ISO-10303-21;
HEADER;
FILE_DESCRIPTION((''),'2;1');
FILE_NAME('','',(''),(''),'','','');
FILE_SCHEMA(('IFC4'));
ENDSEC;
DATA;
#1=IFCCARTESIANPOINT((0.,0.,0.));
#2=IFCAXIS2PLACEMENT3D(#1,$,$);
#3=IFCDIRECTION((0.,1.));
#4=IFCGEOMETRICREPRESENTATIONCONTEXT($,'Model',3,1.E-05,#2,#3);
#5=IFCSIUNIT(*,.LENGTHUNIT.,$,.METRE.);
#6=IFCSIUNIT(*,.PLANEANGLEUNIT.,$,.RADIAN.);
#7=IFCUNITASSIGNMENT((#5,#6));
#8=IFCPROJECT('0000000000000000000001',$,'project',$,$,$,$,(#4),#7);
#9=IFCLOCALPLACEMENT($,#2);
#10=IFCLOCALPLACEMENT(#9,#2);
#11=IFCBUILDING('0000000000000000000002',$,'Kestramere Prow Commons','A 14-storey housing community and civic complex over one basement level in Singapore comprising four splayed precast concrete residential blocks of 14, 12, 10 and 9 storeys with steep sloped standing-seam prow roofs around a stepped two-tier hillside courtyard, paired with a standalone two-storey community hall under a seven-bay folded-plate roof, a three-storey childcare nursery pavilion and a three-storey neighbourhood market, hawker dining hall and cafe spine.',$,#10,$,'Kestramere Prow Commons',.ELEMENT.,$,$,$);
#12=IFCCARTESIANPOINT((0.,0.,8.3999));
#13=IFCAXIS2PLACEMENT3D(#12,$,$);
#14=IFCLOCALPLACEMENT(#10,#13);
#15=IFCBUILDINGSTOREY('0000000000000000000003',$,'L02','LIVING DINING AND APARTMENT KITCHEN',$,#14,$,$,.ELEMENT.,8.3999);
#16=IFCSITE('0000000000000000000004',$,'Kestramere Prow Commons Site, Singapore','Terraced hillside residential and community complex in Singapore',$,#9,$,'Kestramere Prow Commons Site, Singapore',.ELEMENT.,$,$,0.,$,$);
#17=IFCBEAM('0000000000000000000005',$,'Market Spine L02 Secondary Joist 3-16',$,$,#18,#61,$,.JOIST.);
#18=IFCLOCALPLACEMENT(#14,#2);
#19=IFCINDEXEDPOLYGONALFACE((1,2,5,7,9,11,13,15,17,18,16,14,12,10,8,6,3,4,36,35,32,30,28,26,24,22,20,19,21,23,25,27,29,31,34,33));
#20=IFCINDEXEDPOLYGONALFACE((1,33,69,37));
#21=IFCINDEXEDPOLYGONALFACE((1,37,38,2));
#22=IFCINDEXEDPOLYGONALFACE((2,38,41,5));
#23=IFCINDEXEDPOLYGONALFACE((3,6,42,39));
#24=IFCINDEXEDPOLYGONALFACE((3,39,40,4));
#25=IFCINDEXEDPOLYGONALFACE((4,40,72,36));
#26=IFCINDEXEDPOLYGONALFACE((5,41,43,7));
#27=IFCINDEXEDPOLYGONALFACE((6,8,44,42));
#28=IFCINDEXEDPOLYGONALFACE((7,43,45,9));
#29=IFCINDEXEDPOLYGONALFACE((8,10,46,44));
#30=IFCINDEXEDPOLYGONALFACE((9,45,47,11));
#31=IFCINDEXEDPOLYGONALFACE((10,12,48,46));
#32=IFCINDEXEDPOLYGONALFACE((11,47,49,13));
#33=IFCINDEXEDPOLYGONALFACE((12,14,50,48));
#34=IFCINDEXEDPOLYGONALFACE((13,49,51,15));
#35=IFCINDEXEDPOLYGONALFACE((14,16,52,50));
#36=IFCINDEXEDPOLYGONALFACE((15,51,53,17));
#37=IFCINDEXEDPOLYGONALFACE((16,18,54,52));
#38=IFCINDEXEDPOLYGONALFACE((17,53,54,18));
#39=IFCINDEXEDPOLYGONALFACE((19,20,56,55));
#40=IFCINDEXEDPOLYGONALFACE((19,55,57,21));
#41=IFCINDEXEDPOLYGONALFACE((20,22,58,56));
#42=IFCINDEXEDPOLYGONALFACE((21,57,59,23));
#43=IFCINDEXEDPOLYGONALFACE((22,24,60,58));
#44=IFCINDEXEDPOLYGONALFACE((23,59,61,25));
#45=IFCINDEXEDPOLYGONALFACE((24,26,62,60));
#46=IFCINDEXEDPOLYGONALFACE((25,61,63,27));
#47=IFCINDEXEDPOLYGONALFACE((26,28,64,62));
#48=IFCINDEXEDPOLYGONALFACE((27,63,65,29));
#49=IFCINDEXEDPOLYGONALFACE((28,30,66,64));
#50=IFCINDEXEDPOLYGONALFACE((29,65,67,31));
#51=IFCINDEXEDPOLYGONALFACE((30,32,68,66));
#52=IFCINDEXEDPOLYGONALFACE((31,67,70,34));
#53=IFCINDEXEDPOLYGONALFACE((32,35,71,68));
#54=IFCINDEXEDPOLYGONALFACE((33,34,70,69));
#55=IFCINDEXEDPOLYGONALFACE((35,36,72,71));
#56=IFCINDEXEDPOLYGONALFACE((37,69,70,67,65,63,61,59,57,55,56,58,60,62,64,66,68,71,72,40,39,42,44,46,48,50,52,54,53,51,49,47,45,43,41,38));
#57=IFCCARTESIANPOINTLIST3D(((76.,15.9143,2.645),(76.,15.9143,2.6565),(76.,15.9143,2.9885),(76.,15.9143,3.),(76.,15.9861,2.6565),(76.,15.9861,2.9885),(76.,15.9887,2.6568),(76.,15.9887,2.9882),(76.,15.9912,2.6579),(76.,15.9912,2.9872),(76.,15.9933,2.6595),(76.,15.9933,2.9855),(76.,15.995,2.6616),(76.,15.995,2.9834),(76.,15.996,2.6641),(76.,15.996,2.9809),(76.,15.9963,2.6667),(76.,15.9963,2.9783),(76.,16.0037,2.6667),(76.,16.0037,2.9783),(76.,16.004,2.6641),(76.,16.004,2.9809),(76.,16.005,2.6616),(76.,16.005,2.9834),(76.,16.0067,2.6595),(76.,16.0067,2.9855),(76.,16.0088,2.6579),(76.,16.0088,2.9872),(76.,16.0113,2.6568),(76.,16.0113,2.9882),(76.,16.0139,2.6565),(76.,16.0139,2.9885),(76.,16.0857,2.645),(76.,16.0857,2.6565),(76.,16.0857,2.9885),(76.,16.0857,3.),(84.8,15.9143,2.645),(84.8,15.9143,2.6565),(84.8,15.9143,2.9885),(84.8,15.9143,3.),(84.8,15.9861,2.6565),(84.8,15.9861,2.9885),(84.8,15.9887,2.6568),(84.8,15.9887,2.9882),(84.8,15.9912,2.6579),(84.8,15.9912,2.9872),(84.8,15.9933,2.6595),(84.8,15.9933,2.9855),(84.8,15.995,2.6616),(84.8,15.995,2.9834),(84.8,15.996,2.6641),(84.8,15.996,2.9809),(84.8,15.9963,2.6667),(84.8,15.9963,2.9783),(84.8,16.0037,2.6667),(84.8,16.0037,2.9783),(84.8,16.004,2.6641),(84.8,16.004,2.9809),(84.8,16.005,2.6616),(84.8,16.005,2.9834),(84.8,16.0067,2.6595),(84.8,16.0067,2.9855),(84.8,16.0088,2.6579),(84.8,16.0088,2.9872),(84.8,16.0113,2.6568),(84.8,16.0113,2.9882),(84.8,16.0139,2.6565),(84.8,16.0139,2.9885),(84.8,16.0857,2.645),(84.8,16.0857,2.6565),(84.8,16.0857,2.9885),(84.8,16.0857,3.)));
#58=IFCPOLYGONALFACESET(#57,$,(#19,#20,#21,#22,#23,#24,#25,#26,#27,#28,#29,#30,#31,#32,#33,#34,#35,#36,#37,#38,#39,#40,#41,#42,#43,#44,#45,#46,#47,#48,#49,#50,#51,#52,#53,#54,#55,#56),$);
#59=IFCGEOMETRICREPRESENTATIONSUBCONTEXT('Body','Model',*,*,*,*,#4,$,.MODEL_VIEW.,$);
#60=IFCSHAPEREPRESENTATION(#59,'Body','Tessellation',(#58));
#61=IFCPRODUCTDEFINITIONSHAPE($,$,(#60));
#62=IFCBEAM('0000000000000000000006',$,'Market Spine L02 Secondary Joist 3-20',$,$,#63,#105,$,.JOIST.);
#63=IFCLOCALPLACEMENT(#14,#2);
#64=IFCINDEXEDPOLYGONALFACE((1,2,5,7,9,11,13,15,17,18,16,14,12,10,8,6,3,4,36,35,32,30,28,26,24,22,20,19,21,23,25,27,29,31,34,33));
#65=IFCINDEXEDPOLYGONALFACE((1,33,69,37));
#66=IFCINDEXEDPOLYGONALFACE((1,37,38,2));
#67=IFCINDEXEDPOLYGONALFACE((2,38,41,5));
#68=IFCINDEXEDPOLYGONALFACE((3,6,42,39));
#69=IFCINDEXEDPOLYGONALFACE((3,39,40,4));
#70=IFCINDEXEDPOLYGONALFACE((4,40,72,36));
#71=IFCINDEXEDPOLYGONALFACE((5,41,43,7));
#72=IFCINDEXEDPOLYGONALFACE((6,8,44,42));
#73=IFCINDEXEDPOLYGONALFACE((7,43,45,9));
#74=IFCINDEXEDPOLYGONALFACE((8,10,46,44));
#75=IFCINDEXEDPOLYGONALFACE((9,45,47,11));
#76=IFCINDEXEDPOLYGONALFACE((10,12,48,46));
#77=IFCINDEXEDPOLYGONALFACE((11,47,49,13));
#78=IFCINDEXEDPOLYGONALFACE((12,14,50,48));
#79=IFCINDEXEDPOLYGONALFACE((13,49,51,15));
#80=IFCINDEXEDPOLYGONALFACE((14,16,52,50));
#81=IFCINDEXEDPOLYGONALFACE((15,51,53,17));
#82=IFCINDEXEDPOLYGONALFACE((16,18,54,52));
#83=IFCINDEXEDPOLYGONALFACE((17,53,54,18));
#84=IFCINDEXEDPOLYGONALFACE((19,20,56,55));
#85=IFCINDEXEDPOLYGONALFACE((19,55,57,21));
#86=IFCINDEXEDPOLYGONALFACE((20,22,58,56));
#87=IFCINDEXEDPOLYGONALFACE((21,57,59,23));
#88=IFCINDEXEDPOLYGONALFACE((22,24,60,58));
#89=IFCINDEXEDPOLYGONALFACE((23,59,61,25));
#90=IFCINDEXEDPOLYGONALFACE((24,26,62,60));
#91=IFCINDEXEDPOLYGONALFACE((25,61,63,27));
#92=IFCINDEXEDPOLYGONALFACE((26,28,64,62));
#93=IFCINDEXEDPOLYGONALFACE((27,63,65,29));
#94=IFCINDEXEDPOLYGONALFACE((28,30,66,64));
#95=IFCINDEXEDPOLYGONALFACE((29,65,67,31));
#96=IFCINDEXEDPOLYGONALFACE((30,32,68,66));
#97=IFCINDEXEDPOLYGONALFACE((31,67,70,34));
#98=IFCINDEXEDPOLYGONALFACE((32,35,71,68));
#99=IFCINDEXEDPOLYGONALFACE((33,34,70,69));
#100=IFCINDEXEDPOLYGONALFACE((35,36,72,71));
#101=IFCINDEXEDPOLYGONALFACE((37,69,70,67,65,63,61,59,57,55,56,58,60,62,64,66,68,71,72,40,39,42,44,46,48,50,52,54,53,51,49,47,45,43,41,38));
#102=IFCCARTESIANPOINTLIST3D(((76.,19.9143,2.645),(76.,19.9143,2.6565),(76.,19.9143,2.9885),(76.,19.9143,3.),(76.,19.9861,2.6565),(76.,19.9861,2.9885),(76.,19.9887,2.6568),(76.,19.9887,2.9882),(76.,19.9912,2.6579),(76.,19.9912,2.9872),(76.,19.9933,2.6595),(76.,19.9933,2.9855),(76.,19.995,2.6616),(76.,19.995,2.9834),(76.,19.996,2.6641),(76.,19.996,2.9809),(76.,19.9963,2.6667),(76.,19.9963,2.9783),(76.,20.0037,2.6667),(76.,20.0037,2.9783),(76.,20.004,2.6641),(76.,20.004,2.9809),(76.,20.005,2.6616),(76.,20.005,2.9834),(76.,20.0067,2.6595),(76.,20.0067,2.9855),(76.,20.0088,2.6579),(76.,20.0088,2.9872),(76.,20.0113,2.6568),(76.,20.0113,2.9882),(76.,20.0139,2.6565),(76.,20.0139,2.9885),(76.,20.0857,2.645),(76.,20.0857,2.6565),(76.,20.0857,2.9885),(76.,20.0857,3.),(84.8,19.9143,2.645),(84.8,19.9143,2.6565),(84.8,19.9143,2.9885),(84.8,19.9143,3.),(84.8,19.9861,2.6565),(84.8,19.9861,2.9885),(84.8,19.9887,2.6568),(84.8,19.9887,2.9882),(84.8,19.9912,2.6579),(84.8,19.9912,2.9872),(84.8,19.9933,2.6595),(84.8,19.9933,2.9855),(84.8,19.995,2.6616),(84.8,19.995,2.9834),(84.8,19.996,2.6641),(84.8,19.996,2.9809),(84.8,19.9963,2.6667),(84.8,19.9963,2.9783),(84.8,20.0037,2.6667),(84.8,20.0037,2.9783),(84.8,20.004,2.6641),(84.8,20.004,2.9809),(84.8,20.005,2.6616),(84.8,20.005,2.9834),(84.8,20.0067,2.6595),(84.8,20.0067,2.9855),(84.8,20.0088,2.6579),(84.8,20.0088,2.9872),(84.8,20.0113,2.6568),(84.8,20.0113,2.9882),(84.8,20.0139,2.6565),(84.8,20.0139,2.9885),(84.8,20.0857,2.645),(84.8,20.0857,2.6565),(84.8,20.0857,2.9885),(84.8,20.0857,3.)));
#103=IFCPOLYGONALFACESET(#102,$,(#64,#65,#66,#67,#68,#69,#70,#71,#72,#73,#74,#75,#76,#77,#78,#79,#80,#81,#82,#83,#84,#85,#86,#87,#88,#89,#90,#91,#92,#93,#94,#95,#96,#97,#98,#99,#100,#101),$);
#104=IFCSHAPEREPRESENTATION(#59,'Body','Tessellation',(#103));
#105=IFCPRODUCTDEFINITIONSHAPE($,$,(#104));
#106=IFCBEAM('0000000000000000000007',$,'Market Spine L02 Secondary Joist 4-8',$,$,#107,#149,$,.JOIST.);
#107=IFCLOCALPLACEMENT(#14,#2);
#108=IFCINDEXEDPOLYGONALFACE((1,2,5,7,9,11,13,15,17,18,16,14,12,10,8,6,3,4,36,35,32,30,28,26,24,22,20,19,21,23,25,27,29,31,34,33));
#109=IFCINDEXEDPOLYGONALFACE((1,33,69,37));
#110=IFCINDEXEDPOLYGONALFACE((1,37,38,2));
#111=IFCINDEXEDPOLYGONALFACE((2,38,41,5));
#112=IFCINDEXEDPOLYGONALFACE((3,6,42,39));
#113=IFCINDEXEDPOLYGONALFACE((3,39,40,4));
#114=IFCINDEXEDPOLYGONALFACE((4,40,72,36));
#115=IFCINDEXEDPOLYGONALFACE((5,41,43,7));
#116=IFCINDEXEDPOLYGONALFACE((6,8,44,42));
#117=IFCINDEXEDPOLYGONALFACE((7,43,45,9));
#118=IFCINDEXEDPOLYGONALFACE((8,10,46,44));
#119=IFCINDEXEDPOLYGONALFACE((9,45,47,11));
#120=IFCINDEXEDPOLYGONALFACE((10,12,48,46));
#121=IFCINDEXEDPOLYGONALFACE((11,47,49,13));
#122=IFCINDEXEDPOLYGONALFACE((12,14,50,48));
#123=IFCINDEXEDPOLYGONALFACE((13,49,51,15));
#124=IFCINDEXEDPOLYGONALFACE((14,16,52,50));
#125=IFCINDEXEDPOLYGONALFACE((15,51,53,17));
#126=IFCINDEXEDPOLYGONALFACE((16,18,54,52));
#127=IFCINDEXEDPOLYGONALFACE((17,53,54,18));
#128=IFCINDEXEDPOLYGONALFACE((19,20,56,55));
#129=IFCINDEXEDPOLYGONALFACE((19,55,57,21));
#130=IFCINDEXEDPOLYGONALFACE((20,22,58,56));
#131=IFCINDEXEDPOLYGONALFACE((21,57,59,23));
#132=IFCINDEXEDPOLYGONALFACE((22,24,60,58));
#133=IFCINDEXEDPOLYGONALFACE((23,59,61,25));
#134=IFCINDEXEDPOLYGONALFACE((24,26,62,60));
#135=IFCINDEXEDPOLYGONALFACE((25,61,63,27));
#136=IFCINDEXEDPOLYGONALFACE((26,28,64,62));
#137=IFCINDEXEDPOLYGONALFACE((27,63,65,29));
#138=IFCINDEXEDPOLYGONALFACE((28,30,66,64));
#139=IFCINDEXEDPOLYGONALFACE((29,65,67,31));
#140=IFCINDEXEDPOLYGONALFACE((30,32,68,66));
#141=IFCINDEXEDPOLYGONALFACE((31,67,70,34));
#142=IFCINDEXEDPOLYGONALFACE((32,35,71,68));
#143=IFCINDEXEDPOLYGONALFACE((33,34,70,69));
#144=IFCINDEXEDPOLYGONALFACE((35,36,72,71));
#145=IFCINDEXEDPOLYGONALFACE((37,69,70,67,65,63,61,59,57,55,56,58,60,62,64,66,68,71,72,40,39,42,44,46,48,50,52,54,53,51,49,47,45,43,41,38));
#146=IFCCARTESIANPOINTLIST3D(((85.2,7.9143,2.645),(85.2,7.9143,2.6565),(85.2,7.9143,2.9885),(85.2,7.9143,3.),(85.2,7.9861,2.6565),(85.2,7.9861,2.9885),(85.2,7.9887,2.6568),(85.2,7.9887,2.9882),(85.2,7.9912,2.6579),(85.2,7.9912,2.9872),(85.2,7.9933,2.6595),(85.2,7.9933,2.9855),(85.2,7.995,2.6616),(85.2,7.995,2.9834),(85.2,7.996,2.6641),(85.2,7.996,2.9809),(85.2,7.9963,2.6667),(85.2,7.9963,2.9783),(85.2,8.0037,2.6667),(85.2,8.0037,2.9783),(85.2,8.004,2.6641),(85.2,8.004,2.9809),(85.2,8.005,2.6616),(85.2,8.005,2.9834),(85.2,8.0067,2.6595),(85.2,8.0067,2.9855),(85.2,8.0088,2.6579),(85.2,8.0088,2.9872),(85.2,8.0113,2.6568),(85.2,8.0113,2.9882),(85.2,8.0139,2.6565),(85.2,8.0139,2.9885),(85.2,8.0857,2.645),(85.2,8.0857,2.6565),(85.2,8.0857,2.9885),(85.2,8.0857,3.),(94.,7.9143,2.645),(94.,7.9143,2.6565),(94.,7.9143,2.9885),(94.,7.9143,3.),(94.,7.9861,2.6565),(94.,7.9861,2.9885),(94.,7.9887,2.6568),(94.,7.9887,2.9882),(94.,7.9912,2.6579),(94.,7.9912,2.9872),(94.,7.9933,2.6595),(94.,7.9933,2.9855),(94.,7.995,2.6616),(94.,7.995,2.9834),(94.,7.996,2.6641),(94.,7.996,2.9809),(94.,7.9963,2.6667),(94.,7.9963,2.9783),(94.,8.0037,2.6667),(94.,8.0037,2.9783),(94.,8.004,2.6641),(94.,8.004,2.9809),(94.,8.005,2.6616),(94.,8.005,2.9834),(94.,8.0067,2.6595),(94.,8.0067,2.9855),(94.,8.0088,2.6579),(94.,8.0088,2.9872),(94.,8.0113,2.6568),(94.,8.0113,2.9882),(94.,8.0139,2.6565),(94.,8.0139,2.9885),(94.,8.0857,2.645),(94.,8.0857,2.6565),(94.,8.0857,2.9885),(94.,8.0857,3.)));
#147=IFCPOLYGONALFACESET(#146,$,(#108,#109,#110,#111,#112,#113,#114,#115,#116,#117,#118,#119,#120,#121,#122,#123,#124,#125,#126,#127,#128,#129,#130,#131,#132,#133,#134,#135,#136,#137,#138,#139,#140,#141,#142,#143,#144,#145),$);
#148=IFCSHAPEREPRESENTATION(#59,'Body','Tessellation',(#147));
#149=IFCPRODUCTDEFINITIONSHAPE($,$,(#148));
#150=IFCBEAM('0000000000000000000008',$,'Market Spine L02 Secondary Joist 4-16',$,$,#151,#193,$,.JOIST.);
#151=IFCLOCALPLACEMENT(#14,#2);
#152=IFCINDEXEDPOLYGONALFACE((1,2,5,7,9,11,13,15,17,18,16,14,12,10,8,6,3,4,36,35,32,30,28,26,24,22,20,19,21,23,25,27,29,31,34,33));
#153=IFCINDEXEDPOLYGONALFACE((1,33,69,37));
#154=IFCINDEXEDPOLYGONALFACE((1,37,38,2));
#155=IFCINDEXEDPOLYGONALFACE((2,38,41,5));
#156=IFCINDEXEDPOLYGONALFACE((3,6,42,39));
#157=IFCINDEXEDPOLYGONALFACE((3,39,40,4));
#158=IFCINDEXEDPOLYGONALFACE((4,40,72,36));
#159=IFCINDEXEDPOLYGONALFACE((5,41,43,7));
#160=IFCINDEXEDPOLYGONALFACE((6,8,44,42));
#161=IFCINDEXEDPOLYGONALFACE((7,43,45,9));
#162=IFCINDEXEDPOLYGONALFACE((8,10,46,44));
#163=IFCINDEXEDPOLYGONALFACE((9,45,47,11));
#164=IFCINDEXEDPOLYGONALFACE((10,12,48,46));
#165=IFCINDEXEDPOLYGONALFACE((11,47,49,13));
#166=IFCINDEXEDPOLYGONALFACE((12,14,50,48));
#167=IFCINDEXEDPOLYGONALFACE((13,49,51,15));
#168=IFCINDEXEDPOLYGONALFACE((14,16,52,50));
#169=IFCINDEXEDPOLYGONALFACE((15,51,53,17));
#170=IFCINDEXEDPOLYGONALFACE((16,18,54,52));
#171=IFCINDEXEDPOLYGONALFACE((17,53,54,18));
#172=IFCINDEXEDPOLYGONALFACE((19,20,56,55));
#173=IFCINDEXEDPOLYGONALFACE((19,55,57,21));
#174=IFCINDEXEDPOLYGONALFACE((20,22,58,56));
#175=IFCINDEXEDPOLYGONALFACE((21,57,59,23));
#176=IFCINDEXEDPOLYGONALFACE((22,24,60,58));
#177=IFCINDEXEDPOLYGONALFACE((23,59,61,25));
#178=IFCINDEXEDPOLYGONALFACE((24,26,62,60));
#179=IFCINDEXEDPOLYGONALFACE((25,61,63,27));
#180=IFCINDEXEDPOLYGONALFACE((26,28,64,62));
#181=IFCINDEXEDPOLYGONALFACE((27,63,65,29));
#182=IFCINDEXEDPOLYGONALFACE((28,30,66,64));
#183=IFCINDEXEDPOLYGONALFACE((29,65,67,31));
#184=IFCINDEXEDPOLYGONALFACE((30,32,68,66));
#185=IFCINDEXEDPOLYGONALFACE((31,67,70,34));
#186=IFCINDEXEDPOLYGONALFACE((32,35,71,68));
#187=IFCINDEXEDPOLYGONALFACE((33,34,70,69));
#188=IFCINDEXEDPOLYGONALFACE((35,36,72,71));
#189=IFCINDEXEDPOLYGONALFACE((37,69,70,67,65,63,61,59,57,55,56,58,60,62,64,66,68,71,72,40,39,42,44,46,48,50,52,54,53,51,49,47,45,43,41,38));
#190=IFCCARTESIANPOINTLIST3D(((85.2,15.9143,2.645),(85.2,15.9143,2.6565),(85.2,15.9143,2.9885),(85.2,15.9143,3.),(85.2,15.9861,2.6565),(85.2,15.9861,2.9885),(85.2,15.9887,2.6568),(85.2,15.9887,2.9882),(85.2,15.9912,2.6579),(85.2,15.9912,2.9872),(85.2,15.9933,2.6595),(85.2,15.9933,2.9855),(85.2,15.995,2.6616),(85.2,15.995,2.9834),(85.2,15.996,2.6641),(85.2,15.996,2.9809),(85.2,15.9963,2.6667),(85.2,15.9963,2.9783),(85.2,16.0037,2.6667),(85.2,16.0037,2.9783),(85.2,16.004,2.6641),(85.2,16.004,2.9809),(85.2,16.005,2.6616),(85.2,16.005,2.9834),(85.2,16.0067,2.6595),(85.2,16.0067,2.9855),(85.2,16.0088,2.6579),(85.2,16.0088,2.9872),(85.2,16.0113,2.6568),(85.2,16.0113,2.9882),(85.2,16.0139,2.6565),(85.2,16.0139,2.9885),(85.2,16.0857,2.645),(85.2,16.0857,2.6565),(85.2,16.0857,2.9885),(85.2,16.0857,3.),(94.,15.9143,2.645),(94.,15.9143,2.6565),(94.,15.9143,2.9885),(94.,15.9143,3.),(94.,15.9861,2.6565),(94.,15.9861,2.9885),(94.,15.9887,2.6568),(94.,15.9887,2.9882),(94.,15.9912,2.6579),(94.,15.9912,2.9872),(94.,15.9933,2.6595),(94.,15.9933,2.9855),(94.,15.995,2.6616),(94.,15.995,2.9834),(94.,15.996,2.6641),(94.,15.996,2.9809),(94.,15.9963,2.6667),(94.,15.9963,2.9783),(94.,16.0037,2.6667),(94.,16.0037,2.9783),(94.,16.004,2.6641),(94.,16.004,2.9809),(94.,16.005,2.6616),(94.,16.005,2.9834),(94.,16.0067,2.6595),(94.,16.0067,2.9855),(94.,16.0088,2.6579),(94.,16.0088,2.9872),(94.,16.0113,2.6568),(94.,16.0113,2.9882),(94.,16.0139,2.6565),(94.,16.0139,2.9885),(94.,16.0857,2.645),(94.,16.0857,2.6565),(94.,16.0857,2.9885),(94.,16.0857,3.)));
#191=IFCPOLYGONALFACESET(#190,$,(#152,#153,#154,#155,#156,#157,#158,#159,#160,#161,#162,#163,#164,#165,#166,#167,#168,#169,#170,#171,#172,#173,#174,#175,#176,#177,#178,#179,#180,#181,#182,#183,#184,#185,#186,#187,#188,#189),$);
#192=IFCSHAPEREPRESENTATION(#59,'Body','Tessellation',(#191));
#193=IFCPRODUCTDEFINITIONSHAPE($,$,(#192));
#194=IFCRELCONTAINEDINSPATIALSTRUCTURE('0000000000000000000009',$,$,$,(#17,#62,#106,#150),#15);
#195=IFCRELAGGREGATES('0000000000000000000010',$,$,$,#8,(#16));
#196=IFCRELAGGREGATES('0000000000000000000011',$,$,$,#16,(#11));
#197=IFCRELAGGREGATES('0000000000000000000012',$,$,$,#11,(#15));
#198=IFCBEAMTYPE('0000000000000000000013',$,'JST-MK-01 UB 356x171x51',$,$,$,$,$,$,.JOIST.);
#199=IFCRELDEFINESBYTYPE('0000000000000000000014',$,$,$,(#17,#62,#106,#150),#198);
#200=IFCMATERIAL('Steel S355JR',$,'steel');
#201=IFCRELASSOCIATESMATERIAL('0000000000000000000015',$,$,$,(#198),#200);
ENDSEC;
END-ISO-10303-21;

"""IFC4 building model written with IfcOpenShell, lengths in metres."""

from ifc_helpers import new_model, si_unit, direction, frame, origin, origin_2d, place, context, subcontext, project, spatial, i_section, extrude, material, material_profile, profile_set, type_object, element, save


model = new_model("IFC4")

# Units and contexts
model_context = context("Model", 3, precision=1e-05, world=origin(), true_north=direction((0.0, 1.0)))
body_context = subcontext(model_context, "Body", "Model", "MODEL_VIEW")
ifc_project = project(units=[si_unit("LENGTHUNIT", "METRE"), si_unit("PLANEANGLEUNIT", "RADIAN")], contexts=[model_context])

# Site, building, storey
site_placement = place(None, origin())
site = spatial("IfcSite", under=ifc_project, at=site_placement, Name="Kestramere Prow Commons Site, Singapore", Description="Terraced hillside residential and community complex in Singapore", LongName="Kestramere Prow Commons Site, Singapore", CompositionType="ELEMENT", RefElevation=0.0)
building_placement = place(site_placement, origin())
building = spatial("IfcBuilding", under=site, at=building_placement, Name="Kestramere Prow Commons", Description="A 14-storey housing community and civic complex over one basement level in Singapore comprising four splayed precast concrete residential blocks of 14, 12, 10 and 9 storeys with steep sloped standing-seam prow roofs around a stepped two-tier hillside courtyard, paired with a standalone two-storey community hall under a seven-bay folded-plate roof, a three-storey childcare nursery pavilion and a three-storey neighbourhood market, hawker dining hall and cafe spine.", LongName="Kestramere Prow Commons", CompositionType="ELEMENT")
storey_placement = place(building_placement, frame((0.0, 0.0, 8.3999)))
storey = spatial("IfcBuildingStorey", under=building, at=storey_placement, Name="L02", Description="LIVING DINING AND APARTMENT KITCHEN", CompositionType="ELEMENT", Elevation=8.3999)

# Beams
ifc_material_1 = material(Name="Steel S355JR", Category="steel")
ifc_material_profile_1 = material_profile(ifc_material_1, i_section(OverallWidth=0.1714, OverallDepth=0.355, WebThickness=0.0073, FlangeThickness=0.0115, FilletRadius=0.0103, at=origin_2d()), Name="UB 356x171x51")
ifc_profile_set_1 = profile_set([ifc_material_profile_1], Name="Steel S355JR")
beam_type_1 = type_object("IfcBeamType", Name="JST-MK-01 UB 356x171x51", PredefinedType="JOIST", material=ifc_profile_set_1)
for number, where, z_axis, x_axis, name in (
    (1, (76.0, 16.0, 2.8225), (1.0, 0.0, 0.0), (0.0, 1.0, 0.0), "Market Spine L02 Secondary Joist 3-16"),
    (2, (76.0, 20.0, 2.8225), (1.0, 0.0, 0.0), (0.0, 1.0, 0.0), "Market Spine L02 Secondary Joist 3-20"),
    (3, (85.2, 8.0, 2.8225), (1.0, 0.0, 0.0), (0.0, 1.0, 0.0), "Market Spine L02 Secondary Joist 4-8"),
    (4, (85.2, 16.0, 2.8225), (1.0, 0.0, 0.0), (0.0, 1.0, 0.0), "Market Spine L02 Secondary Joist 4-16"),
):
    element("IfcBeam", number, at=place(storey_placement, frame(where, z_axis=z_axis, x_axis=x_axis)), inside=storey, type_object=beam_type_1, Name=name, PredefinedType="JOIST", context=body_context, shape_type="SweptSolid", body=[
        extrude(i_section(OverallWidth=0.1714, OverallDepth=0.355, WebThickness=0.0073, FlangeThickness=0.0115, FilletRadius=0.0103, at=origin_2d()), origin(), (0.0, 0.0, 1.0), 8.8),
    ])

save(model, "model.ifc")
